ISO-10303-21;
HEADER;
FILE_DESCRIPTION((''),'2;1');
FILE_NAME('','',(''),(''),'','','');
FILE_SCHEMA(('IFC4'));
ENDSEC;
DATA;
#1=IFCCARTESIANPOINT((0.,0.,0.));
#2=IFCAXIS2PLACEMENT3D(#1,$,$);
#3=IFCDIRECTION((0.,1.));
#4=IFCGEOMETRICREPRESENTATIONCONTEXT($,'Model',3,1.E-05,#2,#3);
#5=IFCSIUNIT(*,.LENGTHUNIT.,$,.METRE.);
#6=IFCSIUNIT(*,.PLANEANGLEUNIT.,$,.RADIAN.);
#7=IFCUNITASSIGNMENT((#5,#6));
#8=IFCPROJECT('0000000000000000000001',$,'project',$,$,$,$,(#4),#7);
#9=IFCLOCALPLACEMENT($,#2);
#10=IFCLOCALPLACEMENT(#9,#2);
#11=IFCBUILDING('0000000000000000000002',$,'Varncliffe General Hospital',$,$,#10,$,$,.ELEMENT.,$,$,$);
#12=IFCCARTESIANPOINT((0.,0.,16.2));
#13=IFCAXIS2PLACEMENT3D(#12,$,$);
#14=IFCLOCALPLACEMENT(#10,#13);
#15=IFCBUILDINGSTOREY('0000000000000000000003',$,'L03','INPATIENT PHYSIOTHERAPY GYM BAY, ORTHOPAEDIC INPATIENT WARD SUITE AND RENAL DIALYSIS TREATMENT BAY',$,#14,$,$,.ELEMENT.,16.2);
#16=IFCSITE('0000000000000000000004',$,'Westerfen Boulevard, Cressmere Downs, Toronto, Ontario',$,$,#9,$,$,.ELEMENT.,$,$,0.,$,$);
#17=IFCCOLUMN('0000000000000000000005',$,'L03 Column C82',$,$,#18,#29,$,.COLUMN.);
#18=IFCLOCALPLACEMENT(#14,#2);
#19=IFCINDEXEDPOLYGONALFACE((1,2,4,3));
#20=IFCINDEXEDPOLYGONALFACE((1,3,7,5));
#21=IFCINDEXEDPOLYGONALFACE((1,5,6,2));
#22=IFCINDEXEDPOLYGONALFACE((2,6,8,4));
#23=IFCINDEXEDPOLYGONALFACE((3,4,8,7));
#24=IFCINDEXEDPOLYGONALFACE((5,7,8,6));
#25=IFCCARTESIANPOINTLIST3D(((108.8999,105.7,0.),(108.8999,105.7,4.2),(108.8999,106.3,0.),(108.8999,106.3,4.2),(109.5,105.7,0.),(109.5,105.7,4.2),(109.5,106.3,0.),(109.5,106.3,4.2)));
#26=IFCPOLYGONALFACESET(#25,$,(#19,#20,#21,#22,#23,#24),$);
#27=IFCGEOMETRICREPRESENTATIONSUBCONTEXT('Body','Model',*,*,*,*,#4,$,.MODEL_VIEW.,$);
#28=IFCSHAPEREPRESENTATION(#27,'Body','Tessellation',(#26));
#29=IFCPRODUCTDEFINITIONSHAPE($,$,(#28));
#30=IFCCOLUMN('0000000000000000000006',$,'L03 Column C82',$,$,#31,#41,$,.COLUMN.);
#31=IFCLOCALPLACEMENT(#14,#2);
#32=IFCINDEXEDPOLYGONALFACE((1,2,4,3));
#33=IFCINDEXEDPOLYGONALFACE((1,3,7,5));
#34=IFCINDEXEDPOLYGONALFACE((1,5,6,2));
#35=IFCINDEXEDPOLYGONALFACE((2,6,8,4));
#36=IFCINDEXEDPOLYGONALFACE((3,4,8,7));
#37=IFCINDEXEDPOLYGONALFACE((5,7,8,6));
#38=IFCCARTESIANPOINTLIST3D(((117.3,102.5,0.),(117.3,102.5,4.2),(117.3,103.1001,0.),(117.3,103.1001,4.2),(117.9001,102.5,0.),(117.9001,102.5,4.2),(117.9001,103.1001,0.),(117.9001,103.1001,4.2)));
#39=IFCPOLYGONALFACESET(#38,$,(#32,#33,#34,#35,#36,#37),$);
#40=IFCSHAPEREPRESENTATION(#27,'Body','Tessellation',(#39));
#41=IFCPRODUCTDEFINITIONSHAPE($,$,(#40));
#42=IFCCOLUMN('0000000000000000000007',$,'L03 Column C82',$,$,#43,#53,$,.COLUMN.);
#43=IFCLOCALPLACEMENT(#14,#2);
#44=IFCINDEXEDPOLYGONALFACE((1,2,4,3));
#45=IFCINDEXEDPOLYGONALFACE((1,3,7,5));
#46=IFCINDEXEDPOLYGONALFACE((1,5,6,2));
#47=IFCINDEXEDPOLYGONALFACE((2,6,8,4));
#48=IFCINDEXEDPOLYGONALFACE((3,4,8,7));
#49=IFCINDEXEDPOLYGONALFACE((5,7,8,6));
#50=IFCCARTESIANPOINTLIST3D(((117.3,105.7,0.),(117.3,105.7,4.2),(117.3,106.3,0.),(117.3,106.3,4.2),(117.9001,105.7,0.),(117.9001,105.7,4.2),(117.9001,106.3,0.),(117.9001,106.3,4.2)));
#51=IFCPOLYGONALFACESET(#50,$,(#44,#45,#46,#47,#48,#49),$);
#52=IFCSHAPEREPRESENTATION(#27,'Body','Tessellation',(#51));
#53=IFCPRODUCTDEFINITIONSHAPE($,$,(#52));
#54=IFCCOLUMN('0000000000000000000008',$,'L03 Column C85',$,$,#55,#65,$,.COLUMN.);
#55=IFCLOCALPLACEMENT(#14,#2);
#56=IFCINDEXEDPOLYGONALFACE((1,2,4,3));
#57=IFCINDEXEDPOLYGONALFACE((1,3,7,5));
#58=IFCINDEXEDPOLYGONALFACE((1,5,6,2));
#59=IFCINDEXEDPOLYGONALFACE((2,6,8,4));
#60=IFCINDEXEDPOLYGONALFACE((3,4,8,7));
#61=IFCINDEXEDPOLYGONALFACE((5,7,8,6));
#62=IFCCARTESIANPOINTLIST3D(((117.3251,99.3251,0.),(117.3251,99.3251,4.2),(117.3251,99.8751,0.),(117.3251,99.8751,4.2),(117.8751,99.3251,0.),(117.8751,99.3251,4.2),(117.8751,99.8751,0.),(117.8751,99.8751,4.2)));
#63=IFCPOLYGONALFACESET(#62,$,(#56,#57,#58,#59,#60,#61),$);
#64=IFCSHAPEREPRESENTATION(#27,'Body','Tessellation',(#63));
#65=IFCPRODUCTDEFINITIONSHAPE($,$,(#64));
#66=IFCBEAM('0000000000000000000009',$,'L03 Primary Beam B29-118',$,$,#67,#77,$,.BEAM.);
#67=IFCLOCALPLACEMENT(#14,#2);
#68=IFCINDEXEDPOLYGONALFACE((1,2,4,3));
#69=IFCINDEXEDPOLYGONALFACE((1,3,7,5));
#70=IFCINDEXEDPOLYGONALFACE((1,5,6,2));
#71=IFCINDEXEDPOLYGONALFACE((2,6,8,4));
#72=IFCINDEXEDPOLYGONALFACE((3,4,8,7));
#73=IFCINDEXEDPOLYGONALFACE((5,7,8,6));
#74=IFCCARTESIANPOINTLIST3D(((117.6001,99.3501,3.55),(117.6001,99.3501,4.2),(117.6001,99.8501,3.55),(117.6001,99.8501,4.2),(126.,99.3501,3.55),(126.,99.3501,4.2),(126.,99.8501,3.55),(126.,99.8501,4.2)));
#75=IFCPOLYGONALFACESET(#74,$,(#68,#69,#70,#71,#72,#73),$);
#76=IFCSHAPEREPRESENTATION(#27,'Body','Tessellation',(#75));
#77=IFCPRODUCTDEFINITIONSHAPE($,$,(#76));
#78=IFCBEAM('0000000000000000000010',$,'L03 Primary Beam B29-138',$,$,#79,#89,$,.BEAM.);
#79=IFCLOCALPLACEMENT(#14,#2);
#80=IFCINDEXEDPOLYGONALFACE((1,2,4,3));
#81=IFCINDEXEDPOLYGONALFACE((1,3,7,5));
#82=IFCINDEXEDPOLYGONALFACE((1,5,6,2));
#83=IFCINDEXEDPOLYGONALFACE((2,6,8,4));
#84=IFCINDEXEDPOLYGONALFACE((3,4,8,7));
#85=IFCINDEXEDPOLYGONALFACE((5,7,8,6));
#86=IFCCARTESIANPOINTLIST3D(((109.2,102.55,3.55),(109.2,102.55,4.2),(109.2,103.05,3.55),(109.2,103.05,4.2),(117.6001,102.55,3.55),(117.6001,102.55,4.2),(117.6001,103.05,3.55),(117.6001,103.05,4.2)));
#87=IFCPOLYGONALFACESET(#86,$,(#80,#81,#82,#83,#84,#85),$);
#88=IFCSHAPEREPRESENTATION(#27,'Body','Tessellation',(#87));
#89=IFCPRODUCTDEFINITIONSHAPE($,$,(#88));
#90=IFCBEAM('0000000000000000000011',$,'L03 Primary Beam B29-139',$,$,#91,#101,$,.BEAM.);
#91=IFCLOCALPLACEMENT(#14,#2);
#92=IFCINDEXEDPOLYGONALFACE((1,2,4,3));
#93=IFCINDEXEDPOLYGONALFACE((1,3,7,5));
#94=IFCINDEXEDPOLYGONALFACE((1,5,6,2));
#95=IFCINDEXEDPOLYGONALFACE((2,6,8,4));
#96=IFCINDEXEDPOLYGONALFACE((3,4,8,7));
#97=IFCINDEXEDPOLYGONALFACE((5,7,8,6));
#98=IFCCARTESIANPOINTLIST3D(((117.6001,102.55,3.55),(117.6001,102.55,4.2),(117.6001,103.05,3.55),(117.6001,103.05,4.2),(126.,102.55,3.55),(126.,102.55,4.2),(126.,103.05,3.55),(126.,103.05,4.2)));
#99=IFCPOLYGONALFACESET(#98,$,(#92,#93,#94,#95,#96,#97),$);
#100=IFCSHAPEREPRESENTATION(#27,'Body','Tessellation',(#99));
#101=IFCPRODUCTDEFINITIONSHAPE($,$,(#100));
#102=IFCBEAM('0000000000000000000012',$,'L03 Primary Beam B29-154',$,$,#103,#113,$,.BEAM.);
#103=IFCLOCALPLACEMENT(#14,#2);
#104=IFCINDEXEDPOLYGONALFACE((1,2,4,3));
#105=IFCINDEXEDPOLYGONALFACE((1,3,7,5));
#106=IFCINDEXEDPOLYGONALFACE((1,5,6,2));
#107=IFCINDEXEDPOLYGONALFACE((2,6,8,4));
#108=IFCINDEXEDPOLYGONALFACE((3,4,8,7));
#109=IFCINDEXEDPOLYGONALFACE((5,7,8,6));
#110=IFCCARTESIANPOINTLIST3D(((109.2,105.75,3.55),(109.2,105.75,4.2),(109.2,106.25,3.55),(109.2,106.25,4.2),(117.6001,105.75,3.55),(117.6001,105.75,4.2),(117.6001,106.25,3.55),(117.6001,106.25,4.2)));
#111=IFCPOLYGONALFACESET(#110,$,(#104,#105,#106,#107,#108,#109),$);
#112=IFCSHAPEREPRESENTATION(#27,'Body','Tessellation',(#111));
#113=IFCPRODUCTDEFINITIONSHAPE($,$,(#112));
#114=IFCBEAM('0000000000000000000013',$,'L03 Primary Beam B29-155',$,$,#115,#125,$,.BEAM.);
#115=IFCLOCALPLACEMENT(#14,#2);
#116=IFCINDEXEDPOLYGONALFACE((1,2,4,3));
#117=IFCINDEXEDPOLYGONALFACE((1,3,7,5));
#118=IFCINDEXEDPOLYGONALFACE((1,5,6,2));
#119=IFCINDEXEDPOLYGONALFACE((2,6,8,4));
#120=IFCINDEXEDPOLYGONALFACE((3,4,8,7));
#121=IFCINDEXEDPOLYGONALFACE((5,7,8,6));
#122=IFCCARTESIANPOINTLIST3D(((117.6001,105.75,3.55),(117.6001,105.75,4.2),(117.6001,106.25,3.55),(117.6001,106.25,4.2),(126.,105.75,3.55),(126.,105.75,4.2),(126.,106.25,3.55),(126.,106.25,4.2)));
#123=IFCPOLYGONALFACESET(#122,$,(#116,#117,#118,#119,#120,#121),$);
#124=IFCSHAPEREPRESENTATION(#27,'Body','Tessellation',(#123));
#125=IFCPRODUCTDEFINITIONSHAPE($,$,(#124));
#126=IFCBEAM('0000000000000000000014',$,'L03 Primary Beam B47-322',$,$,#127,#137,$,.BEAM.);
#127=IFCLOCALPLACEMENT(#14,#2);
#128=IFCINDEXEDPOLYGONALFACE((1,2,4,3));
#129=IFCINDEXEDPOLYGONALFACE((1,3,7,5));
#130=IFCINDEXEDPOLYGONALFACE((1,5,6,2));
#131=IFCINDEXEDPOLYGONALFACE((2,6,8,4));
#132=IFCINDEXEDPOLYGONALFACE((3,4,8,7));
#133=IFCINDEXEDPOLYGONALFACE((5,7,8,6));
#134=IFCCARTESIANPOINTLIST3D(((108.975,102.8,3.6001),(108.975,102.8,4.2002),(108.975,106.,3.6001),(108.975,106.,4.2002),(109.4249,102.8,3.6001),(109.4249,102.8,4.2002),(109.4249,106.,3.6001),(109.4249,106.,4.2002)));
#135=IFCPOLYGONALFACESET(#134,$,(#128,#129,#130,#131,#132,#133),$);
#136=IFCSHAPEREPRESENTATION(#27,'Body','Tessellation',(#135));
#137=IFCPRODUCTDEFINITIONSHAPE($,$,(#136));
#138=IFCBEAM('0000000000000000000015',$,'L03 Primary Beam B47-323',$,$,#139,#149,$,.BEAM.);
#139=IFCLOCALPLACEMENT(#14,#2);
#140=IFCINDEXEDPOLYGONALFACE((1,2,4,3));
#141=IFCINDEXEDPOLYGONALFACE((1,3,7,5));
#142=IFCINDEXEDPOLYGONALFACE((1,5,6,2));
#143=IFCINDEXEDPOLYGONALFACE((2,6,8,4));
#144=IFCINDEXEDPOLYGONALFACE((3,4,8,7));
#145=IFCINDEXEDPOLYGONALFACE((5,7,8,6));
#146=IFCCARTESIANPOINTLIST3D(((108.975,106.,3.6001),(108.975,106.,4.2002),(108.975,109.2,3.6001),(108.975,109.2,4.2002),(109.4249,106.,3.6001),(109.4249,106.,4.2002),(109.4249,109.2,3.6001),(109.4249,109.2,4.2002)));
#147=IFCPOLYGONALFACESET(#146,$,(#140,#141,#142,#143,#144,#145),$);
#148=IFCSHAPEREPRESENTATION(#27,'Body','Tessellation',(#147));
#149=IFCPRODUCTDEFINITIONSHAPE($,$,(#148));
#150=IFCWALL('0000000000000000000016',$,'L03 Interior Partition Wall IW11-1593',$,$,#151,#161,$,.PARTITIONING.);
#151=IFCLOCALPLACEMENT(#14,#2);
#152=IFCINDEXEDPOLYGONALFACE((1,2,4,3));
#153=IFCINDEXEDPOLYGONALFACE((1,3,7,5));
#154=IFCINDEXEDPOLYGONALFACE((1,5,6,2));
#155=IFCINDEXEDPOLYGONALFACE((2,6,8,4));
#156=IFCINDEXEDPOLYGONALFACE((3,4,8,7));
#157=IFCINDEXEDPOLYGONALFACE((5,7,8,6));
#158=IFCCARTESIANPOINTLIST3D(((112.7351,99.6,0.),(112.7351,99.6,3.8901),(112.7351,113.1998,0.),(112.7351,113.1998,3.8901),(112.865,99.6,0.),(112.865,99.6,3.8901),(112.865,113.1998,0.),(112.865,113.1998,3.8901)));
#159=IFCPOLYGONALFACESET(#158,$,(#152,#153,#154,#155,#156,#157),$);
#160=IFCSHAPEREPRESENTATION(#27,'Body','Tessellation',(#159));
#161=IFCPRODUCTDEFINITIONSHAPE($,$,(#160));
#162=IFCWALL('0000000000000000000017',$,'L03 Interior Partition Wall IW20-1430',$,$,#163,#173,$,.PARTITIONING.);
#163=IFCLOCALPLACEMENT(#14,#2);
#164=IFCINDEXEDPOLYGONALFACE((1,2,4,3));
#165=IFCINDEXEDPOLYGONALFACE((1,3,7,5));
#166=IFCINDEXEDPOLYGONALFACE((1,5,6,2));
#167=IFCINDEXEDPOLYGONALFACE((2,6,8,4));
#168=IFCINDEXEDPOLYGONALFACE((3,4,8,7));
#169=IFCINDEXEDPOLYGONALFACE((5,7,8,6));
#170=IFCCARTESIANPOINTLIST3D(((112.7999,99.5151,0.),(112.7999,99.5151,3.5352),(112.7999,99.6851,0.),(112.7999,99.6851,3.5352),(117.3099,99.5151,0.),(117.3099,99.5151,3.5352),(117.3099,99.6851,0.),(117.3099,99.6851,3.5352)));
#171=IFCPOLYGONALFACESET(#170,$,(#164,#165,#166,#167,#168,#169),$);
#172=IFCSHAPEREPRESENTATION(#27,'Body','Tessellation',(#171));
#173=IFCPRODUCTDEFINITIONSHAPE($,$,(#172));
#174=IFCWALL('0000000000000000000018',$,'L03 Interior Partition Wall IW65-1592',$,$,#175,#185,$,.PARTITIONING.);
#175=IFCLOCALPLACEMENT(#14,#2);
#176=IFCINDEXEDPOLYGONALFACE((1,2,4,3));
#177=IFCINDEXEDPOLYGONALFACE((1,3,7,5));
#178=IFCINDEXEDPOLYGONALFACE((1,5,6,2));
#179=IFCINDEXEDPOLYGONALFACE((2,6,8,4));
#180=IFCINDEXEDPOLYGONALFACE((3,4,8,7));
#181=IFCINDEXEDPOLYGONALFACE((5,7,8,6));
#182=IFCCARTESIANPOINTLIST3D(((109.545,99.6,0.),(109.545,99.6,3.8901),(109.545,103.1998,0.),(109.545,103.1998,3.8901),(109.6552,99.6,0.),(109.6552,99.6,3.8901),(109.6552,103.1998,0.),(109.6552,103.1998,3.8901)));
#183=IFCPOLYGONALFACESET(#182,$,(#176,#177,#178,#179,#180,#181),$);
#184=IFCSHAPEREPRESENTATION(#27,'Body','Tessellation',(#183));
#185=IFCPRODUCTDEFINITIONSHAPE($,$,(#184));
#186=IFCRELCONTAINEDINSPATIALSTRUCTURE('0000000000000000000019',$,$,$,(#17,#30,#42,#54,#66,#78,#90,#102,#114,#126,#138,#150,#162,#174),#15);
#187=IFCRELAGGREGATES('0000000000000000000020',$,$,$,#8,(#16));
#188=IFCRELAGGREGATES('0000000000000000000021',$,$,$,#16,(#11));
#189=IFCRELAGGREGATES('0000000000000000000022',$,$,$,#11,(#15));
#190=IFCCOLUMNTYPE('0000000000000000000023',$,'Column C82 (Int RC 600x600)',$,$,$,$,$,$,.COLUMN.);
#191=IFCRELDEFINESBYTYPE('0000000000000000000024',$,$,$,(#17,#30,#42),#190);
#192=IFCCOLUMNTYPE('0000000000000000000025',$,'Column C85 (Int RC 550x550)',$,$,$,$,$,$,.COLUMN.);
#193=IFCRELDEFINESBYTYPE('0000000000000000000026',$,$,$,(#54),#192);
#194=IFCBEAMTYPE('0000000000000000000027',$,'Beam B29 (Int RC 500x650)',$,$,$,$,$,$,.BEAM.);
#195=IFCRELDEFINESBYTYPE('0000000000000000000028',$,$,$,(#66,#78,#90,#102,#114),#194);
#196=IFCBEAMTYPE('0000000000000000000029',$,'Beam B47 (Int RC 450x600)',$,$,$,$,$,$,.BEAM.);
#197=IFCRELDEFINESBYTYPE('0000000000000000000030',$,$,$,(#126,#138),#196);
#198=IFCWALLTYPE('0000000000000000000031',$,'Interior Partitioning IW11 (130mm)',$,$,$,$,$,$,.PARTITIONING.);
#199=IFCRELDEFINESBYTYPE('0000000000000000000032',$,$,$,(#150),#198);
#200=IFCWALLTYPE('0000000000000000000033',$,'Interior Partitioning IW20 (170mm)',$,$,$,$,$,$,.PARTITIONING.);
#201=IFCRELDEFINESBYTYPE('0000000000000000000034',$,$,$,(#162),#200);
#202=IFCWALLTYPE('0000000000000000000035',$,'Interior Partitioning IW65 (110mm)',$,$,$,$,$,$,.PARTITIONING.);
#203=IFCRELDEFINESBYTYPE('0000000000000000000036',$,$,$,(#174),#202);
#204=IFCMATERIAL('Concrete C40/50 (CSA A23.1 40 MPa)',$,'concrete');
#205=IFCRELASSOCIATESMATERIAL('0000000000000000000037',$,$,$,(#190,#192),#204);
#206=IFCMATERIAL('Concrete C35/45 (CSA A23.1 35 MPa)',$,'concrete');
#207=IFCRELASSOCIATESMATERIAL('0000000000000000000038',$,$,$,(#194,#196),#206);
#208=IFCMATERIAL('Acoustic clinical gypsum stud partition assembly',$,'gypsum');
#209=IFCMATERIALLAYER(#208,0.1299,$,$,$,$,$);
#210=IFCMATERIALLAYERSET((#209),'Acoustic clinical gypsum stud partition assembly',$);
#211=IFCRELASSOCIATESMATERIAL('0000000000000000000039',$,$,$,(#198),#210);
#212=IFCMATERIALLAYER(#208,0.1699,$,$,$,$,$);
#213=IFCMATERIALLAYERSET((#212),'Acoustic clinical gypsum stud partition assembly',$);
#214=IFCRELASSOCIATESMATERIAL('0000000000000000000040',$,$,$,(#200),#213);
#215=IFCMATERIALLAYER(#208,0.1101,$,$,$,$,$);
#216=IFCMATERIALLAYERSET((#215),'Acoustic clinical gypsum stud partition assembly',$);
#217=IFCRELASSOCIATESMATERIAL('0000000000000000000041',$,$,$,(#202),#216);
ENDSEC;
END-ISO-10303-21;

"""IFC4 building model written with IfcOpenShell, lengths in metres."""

from ifc_helpers import new_model, si_unit, direction, frame, frame_2d, origin, origin_2d, place, context, subcontext, project, spatial, rectangle, extrude, material, layer, layer_set, material_profile, profile_set, type_object, element, save


model = new_model("IFC4")

# Units and contexts
model_context = context("Model", 3, precision=1e-05, world=origin(), true_north=direction((0.0, 1.0)))
body_context = subcontext(model_context, "Body", "Model", "MODEL_VIEW")
ifc_project = project(units=[si_unit("LENGTHUNIT", "METRE"), si_unit("PLANEANGLEUNIT", "RADIAN")], contexts=[model_context])

# Site, building, storey
site_placement = place(None, origin())
site = spatial("IfcSite", under=ifc_project, at=site_placement, Name="Westerfen Boulevard, Cressmere Downs, Toronto, Ontario", CompositionType="ELEMENT", RefElevation=0.0)
building_placement = place(site_placement, origin())
building = spatial("IfcBuilding", under=site, at=building_placement, Name="Varncliffe General Hospital", CompositionType="ELEMENT")
storey_placement = place(building_placement, frame((0.0, 0.0, 16.2)))
storey = spatial("IfcBuildingStorey", under=building, at=storey_placement, Name="L03", Description="INPATIENT PHYSIOTHERAPY GYM BAY, ORTHOPAEDIC INPATIENT WARD SUITE AND RENAL DIALYSIS TREATMENT BAY", CompositionType="ELEMENT", Elevation=16.2)

# Columns
ifc_material_1 = material(Name="Concrete C40/50 (CSA A23.1 40 MPa)", Category="concrete")
ifc_material_profile_1 = material_profile(ifc_material_1, rectangle(XDim=0.6001, YDim=0.6001, at=origin_2d()), Name="RC 600x600")
ifc_profile_set_1 = profile_set([ifc_material_profile_1], Name="Concrete C40/50 (CSA A23.1 40 MPa)")
column_type_1 = type_object("IfcColumnType", Name="Column C82 (Int RC 600x600)", PredefinedType="COLUMN", material=ifc_profile_set_1)
for number, where, z_axis, x_axis, name in (
    (1, (109.2, 106.0, 0.0), (0.0, 0.0, 1.0), (1.0, 0.0, 0.0), "L03 Column C82"),
    (2, (117.6001, 102.8, 0.0), (0.0, 0.0, 1.0), (1.0, 0.0, 0.0), "L03 Column C82"),
    (3, (117.6001, 106.0, 0.0), (0.0, 0.0, 1.0), (1.0, 0.0, 0.0), "L03 Column C82"),
):
    element("IfcColumn", number, at=place(storey_placement, frame(where, z_axis=z_axis, x_axis=x_axis)), inside=storey, type_object=column_type_1, Name=name, PredefinedType="COLUMN", context=body_context, shape_type="SweptSolid", body=[
        extrude(rectangle(XDim=0.6001, YDim=0.6001, at=origin_2d()), origin(), (0.0, 0.0, 1.0), 4.2),
    ])
ifc_material_profile_2 = material_profile(ifc_material_1, rectangle(XDim=0.55, YDim=0.55, at=origin_2d()), Name="RC 550x550")
ifc_profile_set_2 = profile_set([ifc_material_profile_2], Name="Concrete C40/50 (CSA A23.1 40 MPa)")
column_type_2 = type_object("IfcColumnType", Name="Column C85 (Int RC 550x550)", PredefinedType="COLUMN", material=ifc_profile_set_2)
column_placement = place(storey_placement, frame((117.6001, 99.6001, 0.0), z_axis=(0.0, 0.0, 1.0), x_axis=(1.0, 0.0, 0.0)))
element("IfcColumn", 4, at=column_placement, inside=storey, type_object=column_type_2, Name="L03 Column C85", PredefinedType="COLUMN", context=body_context, shape_type="SweptSolid", body=[
    extrude(rectangle(XDim=0.55, YDim=0.55, at=origin_2d()), origin(), (0.0, 0.0, 1.0), 4.2),
])

# Beams
ifc_material_2 = material(Name="Concrete C35/45 (CSA A23.1 35 MPa)", Category="concrete")
ifc_material_profile_3 = material_profile(ifc_material_2, rectangle(XDim=0.5, YDim=0.6499, at=origin_2d()), Name="RC 500x650")
ifc_profile_set_3 = profile_set([ifc_material_profile_3], Name="Concrete C35/45 (CSA A23.1 35 MPa)")
beam_type_1 = type_object("IfcBeamType", Name="Beam B29 (Int RC 500x650)", PredefinedType="BEAM", material=ifc_profile_set_3)
beam_1_placement = place(storey_placement, frame((117.6001, 99.6001, 3.875), z_axis=(1.0, 0.0, 0.0), x_axis=(0.0, 1.0, 0.0)))
element("IfcBeam", 5, at=beam_1_placement, inside=storey, type_object=beam_type_1, Name="L03 Primary Beam B29-118", PredefinedType="BEAM", context=body_context, shape_type="SweptSolid", body=[
    extrude(rectangle(XDim=0.5, YDim=0.6499, at=origin_2d()), origin(), (0.0, 0.0, 1.0), 8.3999),
])
beam_2_placement = place(storey_placement, frame((109.2, 102.8, 3.875), z_axis=(1.0, 0.0, 0.0), x_axis=(0.0, 1.0, 0.0)))
element("IfcBeam", 6, at=beam_2_placement, inside=storey, type_object=beam_type_1, Name="L03 Primary Beam B29-138", PredefinedType="BEAM", context=body_context, shape_type="SweptSolid", body=[
    extrude(rectangle(XDim=0.5, YDim=0.6499, at=origin_2d()), origin(), (0.0, 0.0, 1.0), 8.4001),
])
beam_3_placement = place(storey_placement, frame((117.6001, 102.8, 3.875), z_axis=(1.0, 0.0, 0.0), x_axis=(0.0, 1.0, 0.0)))
element("IfcBeam", 7, at=beam_3_placement, inside=storey, type_object=beam_type_1, Name="L03 Primary Beam B29-139", PredefinedType="BEAM", context=body_context, shape_type="SweptSolid", body=[
    extrude(rectangle(XDim=0.5, YDim=0.6499, at=origin_2d()), origin(), (0.0, 0.0, 1.0), 8.3999),
])
beam_4_placement = place(storey_placement, frame((109.2, 106.0, 3.875), z_axis=(1.0, 0.0, 0.0), x_axis=(0.0, 1.0, 0.0)))
element("IfcBeam", 8, at=beam_4_placement, inside=storey, type_object=beam_type_1, Name="L03 Primary Beam B29-154", PredefinedType="BEAM", context=body_context, shape_type="SweptSolid", body=[
    extrude(rectangle(XDim=0.5, YDim=0.6499, at=origin_2d()), origin(), (0.0, 0.0, 1.0), 8.4001),
])
beam_5_placement = place(storey_placement, frame((117.6001, 106.0, 3.875), z_axis=(1.0, 0.0, 0.0), x_axis=(0.0, 1.0, 0.0)))
element("IfcBeam", 9, at=beam_5_placement, inside=storey, type_object=beam_type_1, Name="L03 Primary Beam B29-155", PredefinedType="BEAM", context=body_context, shape_type="SweptSolid", body=[
    extrude(rectangle(XDim=0.5, YDim=0.6499, at=origin_2d()), origin(), (0.0, 0.0, 1.0), 8.3999),
])
ifc_material_profile_4 = material_profile(ifc_material_2, rectangle(XDim=0.45, YDim=0.6001, at=origin_2d()), Name="RC 450x600")
ifc_profile_set_4 = profile_set([ifc_material_profile_4], Name="Concrete C35/45 (CSA A23.1 35 MPa)")
beam_type_2 = type_object("IfcBeamType", Name="Beam B47 (Int RC 450x600)", PredefinedType="BEAM", material=ifc_profile_set_4)
for number, where, z_axis, x_axis, name in (
    (10, (109.2, 102.8, 3.9001), (0.0, 1.0, 0.0), (-1.0, 0.0, 0.0), "L03 Primary Beam B47-322"),
    (11, (109.2, 106.0, 3.9001), (0.0, 1.0, 0.0), (-1.0, 0.0, 0.0), "L03 Primary Beam B47-323"),
):
    element("IfcBeam", number, at=place(storey_placement, frame(where, z_axis=z_axis, x_axis=x_axis)), inside=storey, type_object=beam_type_2, Name=name, PredefinedType="BEAM", context=body_context, shape_type="SweptSolid", body=[
        extrude(rectangle(XDim=0.45, YDim=0.6001, at=origin_2d()), origin(), (0.0, 0.0, 1.0), 3.2),
    ])

# Walls
ifc_material_3 = material(Name="Acoustic clinical gypsum stud partition assembly", Category="gypsum")
ifc_layer_1 = layer(ifc_material_3, 0.1299)
ifc_layer_set_1 = layer_set([ifc_layer_1], Name="Acoustic clinical gypsum stud partition assembly")
wall_type_1 = type_object("IfcWallType", Name="Interior Partitioning IW11 (130mm)", PredefinedType="PARTITIONING", material=ifc_layer_set_1)
wall_1_placement = place(storey_placement, frame((112.8, 99.6001, 0.0), z_axis=(0.0, 0.0, 1.0), x_axis=(0.0, 1.0, 0.0)))
element("IfcWall", 12, at=wall_1_placement, inside=storey, type_object=wall_type_1, Name="L03 Interior Partition Wall IW11-1593", PredefinedType="PARTITIONING", context=body_context, shape_type="SweptSolid", body=[
    extrude(rectangle(XDim=13.5999, YDim=0.1299, at=frame_2d((6.7998, 0.0))), origin(), (0.0, 0.0, 1.0), 3.8901),
])
ifc_layer_2 = layer(ifc_material_3, 0.1699)
ifc_layer_set_2 = layer_set([ifc_layer_2], Name="Acoustic clinical gypsum stud partition assembly")
wall_type_2 = type_object("IfcWallType", Name="Interior Partitioning IW20 (170mm)", PredefinedType="PARTITIONING", material=ifc_layer_set_2)
wall_2_placement = place(storey_placement, frame((112.8, 99.6001, 0.0), z_axis=(0.0, 0.0, 1.0), x_axis=(1.0, 0.0, 0.0)))
element("IfcWall", 13, at=wall_2_placement, inside=storey, type_object=wall_type_2, Name="L03 Interior Partition Wall IW20-1430", PredefinedType="PARTITIONING", context=body_context, shape_type="SweptSolid", body=[
    extrude(rectangle(XDim=4.51, YDim=0.1699, at=frame_2d((2.2549, 0.0))), origin(), (0.0, 0.0, 1.0), 3.5352),
])
ifc_layer_3 = layer(ifc_material_3, 0.1101)
ifc_layer_set_3 = layer_set([ifc_layer_3], Name="Acoustic clinical gypsum stud partition assembly")
wall_type_3 = type_object("IfcWallType", Name="Interior Partitioning IW65 (110mm)", PredefinedType="PARTITIONING", material=ifc_layer_set_3)
wall_3_placement = place(storey_placement, frame((109.6001, 99.6001, 0.0), z_axis=(0.0, 0.0, 1.0), x_axis=(0.0, 1.0, 0.0)))
element("IfcWall", 14, at=wall_3_placement, inside=storey, type_object=wall_type_3, Name="L03 Interior Partition Wall IW65-1592", PredefinedType="PARTITIONING", context=body_context, shape_type="SweptSolid", body=[
    extrude(rectangle(XDim=3.5999, YDim=0.1101, at=frame_2d((1.7998, 0.0))), origin(), (0.0, 0.0, 1.0), 3.8901),
])

save(model, "model.ifc")
